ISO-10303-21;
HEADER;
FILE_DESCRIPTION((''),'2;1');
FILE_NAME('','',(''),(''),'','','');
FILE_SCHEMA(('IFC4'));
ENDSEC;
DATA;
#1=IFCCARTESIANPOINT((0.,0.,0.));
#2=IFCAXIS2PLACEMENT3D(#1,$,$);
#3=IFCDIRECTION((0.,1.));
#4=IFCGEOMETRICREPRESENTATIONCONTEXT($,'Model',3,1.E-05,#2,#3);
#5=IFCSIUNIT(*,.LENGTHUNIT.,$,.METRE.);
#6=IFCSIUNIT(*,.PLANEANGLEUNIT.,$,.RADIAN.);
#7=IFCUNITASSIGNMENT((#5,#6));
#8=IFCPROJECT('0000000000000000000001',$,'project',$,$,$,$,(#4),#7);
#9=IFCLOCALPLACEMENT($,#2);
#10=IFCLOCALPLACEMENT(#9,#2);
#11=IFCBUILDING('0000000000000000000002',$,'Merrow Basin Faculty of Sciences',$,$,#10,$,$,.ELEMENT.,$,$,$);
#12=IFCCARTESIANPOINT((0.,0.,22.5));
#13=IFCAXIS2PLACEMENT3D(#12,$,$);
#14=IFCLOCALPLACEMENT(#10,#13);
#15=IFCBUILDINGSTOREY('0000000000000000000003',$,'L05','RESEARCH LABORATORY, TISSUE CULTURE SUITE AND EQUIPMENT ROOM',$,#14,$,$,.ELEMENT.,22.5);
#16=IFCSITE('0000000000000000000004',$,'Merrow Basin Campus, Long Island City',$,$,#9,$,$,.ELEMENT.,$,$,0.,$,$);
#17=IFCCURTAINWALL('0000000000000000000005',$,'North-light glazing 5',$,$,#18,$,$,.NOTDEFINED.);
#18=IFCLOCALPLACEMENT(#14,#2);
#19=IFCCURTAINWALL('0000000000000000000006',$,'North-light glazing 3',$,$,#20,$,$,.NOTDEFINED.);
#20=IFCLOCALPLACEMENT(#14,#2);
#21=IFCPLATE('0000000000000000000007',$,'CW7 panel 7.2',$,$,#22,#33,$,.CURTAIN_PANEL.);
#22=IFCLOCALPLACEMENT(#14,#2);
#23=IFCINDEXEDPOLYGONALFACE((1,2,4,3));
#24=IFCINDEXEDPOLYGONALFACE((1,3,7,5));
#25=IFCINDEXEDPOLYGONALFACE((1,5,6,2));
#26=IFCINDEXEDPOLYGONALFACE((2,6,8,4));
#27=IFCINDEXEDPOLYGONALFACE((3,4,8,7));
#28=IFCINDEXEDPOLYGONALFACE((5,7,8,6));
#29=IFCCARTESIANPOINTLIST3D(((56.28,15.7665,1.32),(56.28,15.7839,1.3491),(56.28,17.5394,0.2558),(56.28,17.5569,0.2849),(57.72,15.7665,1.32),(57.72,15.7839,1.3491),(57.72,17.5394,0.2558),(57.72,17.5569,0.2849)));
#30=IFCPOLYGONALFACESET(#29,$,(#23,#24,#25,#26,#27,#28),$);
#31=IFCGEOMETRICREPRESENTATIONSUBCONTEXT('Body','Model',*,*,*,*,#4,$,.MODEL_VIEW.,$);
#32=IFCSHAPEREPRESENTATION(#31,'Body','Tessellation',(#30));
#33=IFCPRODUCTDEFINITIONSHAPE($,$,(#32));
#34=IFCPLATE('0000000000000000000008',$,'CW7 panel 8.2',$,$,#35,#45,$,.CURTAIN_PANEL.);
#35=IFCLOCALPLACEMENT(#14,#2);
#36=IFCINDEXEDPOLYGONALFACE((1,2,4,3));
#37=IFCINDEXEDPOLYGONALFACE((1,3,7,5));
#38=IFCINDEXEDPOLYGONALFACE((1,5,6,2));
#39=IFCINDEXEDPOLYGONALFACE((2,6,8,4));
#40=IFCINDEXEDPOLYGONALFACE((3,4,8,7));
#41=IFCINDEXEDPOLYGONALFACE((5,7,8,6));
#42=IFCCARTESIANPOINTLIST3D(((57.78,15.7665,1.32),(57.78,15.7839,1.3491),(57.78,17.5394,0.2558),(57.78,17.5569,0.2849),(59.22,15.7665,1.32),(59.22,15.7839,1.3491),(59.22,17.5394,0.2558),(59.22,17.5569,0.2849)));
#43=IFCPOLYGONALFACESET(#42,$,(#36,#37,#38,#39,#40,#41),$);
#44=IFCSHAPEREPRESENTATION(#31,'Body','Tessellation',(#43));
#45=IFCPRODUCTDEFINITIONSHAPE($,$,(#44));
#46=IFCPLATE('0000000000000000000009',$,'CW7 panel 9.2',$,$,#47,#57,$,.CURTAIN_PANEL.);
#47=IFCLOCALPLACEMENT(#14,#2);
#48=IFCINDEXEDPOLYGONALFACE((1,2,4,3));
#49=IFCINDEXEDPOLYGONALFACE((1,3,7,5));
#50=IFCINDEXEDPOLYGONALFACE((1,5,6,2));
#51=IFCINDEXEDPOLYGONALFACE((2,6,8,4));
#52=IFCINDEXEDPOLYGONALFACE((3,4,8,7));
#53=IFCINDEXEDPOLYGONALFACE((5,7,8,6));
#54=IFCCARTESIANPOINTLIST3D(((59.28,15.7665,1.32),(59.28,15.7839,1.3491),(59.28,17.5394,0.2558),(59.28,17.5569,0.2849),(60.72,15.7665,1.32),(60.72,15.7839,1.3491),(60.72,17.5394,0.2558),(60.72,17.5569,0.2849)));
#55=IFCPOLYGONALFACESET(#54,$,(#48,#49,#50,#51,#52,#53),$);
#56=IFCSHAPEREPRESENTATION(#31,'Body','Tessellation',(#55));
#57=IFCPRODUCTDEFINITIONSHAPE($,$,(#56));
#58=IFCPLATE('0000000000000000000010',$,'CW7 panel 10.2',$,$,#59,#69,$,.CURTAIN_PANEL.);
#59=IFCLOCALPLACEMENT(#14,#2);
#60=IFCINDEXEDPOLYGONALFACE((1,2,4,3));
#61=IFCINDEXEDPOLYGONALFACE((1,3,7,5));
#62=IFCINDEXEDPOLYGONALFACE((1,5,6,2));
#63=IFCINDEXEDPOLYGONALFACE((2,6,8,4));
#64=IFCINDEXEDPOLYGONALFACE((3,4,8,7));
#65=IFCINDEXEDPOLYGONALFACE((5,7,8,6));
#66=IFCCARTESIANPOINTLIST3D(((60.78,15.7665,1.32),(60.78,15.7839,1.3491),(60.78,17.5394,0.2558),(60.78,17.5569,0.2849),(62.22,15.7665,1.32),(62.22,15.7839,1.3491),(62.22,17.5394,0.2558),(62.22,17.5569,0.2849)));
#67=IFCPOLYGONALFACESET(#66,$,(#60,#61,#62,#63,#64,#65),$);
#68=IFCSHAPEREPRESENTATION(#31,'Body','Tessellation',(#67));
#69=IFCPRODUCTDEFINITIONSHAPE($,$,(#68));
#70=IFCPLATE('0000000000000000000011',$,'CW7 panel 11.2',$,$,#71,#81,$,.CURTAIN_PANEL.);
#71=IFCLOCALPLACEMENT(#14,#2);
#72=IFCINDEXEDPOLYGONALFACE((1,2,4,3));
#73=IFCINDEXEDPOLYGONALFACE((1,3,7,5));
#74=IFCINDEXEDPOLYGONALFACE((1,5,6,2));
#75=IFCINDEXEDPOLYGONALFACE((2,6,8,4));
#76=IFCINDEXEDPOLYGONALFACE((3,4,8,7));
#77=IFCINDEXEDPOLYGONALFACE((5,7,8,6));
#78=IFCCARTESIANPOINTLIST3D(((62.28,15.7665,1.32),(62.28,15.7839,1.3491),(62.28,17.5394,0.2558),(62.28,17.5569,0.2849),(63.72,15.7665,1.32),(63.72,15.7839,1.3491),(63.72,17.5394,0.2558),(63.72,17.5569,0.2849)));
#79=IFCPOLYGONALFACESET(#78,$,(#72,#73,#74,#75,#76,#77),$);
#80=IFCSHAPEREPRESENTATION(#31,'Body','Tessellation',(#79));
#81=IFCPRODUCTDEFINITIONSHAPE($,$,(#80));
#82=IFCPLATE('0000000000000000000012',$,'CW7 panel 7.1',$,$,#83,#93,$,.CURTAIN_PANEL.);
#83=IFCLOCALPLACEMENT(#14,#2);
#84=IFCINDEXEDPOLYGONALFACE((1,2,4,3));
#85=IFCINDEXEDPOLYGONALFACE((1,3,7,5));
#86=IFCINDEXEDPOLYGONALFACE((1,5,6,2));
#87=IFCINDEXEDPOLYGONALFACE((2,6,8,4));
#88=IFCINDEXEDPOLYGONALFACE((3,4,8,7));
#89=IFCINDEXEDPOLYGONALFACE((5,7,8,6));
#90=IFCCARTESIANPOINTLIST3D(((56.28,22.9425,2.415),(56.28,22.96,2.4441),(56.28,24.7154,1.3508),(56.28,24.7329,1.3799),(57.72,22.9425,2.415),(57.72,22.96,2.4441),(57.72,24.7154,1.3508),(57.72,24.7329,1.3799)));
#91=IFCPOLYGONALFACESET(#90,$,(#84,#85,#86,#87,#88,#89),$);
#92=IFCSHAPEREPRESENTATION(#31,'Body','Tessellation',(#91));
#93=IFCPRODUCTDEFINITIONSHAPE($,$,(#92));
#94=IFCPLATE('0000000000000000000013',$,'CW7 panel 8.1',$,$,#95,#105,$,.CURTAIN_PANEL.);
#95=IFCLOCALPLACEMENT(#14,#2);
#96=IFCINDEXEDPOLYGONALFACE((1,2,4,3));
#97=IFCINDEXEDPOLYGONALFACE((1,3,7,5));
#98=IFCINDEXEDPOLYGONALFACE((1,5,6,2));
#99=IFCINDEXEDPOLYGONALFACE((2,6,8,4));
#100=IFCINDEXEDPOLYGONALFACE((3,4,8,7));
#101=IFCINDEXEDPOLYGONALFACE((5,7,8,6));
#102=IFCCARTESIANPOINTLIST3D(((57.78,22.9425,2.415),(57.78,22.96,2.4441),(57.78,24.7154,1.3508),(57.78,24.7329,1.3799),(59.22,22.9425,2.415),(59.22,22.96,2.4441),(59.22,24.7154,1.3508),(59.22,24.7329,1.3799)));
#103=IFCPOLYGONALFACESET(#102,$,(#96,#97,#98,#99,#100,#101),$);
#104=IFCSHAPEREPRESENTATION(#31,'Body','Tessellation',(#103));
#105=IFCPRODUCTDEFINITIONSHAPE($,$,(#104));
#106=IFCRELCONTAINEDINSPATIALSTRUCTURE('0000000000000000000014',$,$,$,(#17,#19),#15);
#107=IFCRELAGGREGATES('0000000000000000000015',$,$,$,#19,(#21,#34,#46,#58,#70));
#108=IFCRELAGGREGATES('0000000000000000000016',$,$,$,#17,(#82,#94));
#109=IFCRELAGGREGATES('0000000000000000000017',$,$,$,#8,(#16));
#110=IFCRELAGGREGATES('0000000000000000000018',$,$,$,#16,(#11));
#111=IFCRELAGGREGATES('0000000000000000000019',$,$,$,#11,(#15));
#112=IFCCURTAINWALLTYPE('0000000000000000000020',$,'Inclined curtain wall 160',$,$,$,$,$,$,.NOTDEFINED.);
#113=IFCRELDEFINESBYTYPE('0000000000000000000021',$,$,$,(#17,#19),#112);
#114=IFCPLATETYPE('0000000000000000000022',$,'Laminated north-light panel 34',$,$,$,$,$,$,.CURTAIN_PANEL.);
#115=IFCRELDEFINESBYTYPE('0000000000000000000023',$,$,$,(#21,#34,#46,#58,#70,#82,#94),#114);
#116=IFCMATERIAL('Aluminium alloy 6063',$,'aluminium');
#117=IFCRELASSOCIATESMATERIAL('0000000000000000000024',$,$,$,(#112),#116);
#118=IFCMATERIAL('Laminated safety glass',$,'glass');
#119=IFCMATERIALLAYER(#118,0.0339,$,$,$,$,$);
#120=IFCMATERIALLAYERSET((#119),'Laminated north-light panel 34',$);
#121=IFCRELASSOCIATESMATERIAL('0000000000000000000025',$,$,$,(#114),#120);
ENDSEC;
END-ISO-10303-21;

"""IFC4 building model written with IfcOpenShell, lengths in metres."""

from ifc_helpers import new_model, si_unit, direction, frame, origin, place, context, subcontext, project, spatial, polyline, outline, extrude, material, layer, layer_set, type_object, element, aggregate, save


model = new_model("IFC4")

# Units and contexts
model_context = context("Model", 3, precision=1e-05, world=origin(), true_north=direction((0.0, 1.0)))
body_context = subcontext(model_context, "Body", "Model", "MODEL_VIEW")
ifc_project = project(units=[si_unit("LENGTHUNIT", "METRE"), si_unit("PLANEANGLEUNIT", "RADIAN")], contexts=[model_context])

# Site, building, storey
site_placement = place(None, origin())
site = spatial("IfcSite", under=ifc_project, at=site_placement, Name="Merrow Basin Campus, Long Island City", CompositionType="ELEMENT", RefElevation=0.0)
building_placement = place(site_placement, origin())
building = spatial("IfcBuilding", under=site, at=building_placement, Name="Merrow Basin Faculty of Sciences", CompositionType="ELEMENT")
storey_placement = place(building_placement, frame((0.0, 0.0, 22.5)))
storey = spatial("IfcBuildingStorey", under=building, at=storey_placement, Name="L05", Description="RESEARCH LABORATORY, TISSUE CULTURE SUITE AND EQUIPMENT ROOM", CompositionType="ELEMENT", Elevation=22.5)

# Curtain walls
ifc_material_1 = material(Name="Aluminium alloy 6063", Category="aluminium")
curtain_wall_type = type_object("IfcCurtainWallType", Name="Inclined curtain wall 160", PredefinedType="NOTDEFINED", material=ifc_material_1)
curtain_wall_1_placement = place(storey_placement, origin())
curtain_wall_1 = element("IfcCurtainWall", 1, at=curtain_wall_1_placement, inside=storey, type_object=curtain_wall_type, Name="North-light glazing 5", PredefinedType="NOTDEFINED")
curtain_wall_2_placement = place(storey_placement, origin())
curtain_wall_2 = element("IfcCurtainWall", 2, at=curtain_wall_2_placement, inside=storey, type_object=curtain_wall_type, Name="North-light glazing 3", PredefinedType="NOTDEFINED")

# Plates
ifc_material_2 = material(Name="Laminated safety glass", Category="glass")
ifc_layer = layer(ifc_material_2, 0.0339)
ifc_layer_set = layer_set([ifc_layer], Name="Laminated north-light panel 34")
plate_type = type_object("IfcPlateType", Name="Laminated north-light panel 34", PredefinedType="CURTAIN_PANEL", material=ifc_layer_set)
plate_1_placement = place(storey_placement, frame((56.28, 15.7839, 1.3491), z_axis=(0.0, 0.514652, 0.857399), x_axis=(1.0, 0.0, 0.0)))
plate_1 = element("IfcPlate", 3, at=plate_1_placement, type_object=plate_type, Name="CW7 panel 7.2", PredefinedType="CURTAIN_PANEL", context=body_context, shape_type="SweptSolid", body=[
    extrude(outline(polyline([(0.0, 0.0), (1.4399, 0.0), (1.4399, 2.0678), (0.0, 2.0678), (0.0, 0.0)])), origin(), (0.0, 0.0, -1.0), 0.0339),
])
plate_2_placement = place(storey_placement, frame((57.78, 15.7839, 1.3491), z_axis=(0.0, 0.514652, 0.857399), x_axis=(1.0, 0.0, 0.0)))
plate_2 = element("IfcPlate", 4, at=plate_2_placement, type_object=plate_type, Name="CW7 panel 8.2", PredefinedType="CURTAIN_PANEL", context=body_context, shape_type="SweptSolid", body=[
    extrude(outline(polyline([(0.0, 0.0), (1.4399, 0.0), (1.4399, 2.0678), (0.0, 2.0678), (0.0, 0.0)])), origin(), (0.0, 0.0, -1.0), 0.0339),
])
plate_3_placement = place(storey_placement, frame((59.28, 15.7839, 1.3491), z_axis=(0.0, 0.514652, 0.857399), x_axis=(1.0, 0.0, 0.0)))
plate_3 = element("IfcPlate", 5, at=plate_3_placement, type_object=plate_type, Name="CW7 panel 9.2", PredefinedType="CURTAIN_PANEL", context=body_context, shape_type="SweptSolid", body=[
    extrude(outline(polyline([(0.0, 0.0), (1.4399, 0.0), (1.4399, 2.0678), (0.0, 2.0678), (0.0, 0.0)])), origin(), (0.0, 0.0, -1.0), 0.0339),
])
plate_4_placement = place(storey_placement, frame((60.78, 15.7839, 1.3491), z_axis=(0.0, 0.514652, 0.857399), x_axis=(1.0, 0.0, 0.0)))
plate_4 = element("IfcPlate", 6, at=plate_4_placement, type_object=plate_type, Name="CW7 panel 10.2", PredefinedType="CURTAIN_PANEL", context=body_context, shape_type="SweptSolid", body=[
    extrude(outline(polyline([(0.0, 0.0), (1.4399, 0.0), (1.4399, 2.0678), (0.0, 2.0678), (0.0, 0.0)])), origin(), (0.0, 0.0, -1.0), 0.0339),
])
plate_5_placement = place(storey_placement, frame((62.28, 15.7839, 1.3491), z_axis=(0.0, 0.514652, 0.857399), x_axis=(1.0, 0.0, 0.0)))
plate_5 = element("IfcPlate", 7, at=plate_5_placement, type_object=plate_type, Name="CW7 panel 11.2", PredefinedType="CURTAIN_PANEL", context=body_context, shape_type="SweptSolid", body=[
    extrude(outline(polyline([(0.0, 0.0), (1.4399, 0.0), (1.4399, 2.0678), (0.0, 2.0678), (0.0, 0.0)])), origin(), (0.0, 0.0, -1.0), 0.0339),
])
aggregate(curtain_wall_2, [plate_1, plate_2, plate_3, plate_4, plate_5])
plate_6_placement = place(storey_placement, frame((56.28, 22.96, 2.4441), z_axis=(0.0, 0.514652, 0.857399), x_axis=(1.0, 0.0, 0.0)))
plate_6 = element("IfcPlate", 8, at=plate_6_placement, type_object=plate_type, Name="CW7 panel 7.1", PredefinedType="CURTAIN_PANEL", context=body_context, shape_type="SweptSolid", body=[
    extrude(outline(polyline([(0.0, 0.0), (1.4399, 0.0), (1.4399, 2.0678), (0.0, 2.0678), (0.0, 0.0)])), origin(), (0.0, 0.0, -1.0), 0.0339),
])
plate_7_placement = place(storey_placement, frame((57.78, 22.96, 2.4441), z_axis=(0.0, 0.514652, 0.857399), x_axis=(1.0, 0.0, 0.0)))
plate_7 = element("IfcPlate", 9, at=plate_7_placement, type_object=plate_type, Name="CW7 panel 8.1", PredefinedType="CURTAIN_PANEL", context=body_context, shape_type="SweptSolid", body=[
    extrude(outline(polyline([(0.0, 0.0), (1.4399, 0.0), (1.4399, 2.0678), (0.0, 2.0678), (0.0, 0.0)])), origin(), (0.0, 0.0, -1.0), 0.0339),
])
aggregate(curtain_wall_1, [plate_6, plate_7])

save(model, "model.ifc")
